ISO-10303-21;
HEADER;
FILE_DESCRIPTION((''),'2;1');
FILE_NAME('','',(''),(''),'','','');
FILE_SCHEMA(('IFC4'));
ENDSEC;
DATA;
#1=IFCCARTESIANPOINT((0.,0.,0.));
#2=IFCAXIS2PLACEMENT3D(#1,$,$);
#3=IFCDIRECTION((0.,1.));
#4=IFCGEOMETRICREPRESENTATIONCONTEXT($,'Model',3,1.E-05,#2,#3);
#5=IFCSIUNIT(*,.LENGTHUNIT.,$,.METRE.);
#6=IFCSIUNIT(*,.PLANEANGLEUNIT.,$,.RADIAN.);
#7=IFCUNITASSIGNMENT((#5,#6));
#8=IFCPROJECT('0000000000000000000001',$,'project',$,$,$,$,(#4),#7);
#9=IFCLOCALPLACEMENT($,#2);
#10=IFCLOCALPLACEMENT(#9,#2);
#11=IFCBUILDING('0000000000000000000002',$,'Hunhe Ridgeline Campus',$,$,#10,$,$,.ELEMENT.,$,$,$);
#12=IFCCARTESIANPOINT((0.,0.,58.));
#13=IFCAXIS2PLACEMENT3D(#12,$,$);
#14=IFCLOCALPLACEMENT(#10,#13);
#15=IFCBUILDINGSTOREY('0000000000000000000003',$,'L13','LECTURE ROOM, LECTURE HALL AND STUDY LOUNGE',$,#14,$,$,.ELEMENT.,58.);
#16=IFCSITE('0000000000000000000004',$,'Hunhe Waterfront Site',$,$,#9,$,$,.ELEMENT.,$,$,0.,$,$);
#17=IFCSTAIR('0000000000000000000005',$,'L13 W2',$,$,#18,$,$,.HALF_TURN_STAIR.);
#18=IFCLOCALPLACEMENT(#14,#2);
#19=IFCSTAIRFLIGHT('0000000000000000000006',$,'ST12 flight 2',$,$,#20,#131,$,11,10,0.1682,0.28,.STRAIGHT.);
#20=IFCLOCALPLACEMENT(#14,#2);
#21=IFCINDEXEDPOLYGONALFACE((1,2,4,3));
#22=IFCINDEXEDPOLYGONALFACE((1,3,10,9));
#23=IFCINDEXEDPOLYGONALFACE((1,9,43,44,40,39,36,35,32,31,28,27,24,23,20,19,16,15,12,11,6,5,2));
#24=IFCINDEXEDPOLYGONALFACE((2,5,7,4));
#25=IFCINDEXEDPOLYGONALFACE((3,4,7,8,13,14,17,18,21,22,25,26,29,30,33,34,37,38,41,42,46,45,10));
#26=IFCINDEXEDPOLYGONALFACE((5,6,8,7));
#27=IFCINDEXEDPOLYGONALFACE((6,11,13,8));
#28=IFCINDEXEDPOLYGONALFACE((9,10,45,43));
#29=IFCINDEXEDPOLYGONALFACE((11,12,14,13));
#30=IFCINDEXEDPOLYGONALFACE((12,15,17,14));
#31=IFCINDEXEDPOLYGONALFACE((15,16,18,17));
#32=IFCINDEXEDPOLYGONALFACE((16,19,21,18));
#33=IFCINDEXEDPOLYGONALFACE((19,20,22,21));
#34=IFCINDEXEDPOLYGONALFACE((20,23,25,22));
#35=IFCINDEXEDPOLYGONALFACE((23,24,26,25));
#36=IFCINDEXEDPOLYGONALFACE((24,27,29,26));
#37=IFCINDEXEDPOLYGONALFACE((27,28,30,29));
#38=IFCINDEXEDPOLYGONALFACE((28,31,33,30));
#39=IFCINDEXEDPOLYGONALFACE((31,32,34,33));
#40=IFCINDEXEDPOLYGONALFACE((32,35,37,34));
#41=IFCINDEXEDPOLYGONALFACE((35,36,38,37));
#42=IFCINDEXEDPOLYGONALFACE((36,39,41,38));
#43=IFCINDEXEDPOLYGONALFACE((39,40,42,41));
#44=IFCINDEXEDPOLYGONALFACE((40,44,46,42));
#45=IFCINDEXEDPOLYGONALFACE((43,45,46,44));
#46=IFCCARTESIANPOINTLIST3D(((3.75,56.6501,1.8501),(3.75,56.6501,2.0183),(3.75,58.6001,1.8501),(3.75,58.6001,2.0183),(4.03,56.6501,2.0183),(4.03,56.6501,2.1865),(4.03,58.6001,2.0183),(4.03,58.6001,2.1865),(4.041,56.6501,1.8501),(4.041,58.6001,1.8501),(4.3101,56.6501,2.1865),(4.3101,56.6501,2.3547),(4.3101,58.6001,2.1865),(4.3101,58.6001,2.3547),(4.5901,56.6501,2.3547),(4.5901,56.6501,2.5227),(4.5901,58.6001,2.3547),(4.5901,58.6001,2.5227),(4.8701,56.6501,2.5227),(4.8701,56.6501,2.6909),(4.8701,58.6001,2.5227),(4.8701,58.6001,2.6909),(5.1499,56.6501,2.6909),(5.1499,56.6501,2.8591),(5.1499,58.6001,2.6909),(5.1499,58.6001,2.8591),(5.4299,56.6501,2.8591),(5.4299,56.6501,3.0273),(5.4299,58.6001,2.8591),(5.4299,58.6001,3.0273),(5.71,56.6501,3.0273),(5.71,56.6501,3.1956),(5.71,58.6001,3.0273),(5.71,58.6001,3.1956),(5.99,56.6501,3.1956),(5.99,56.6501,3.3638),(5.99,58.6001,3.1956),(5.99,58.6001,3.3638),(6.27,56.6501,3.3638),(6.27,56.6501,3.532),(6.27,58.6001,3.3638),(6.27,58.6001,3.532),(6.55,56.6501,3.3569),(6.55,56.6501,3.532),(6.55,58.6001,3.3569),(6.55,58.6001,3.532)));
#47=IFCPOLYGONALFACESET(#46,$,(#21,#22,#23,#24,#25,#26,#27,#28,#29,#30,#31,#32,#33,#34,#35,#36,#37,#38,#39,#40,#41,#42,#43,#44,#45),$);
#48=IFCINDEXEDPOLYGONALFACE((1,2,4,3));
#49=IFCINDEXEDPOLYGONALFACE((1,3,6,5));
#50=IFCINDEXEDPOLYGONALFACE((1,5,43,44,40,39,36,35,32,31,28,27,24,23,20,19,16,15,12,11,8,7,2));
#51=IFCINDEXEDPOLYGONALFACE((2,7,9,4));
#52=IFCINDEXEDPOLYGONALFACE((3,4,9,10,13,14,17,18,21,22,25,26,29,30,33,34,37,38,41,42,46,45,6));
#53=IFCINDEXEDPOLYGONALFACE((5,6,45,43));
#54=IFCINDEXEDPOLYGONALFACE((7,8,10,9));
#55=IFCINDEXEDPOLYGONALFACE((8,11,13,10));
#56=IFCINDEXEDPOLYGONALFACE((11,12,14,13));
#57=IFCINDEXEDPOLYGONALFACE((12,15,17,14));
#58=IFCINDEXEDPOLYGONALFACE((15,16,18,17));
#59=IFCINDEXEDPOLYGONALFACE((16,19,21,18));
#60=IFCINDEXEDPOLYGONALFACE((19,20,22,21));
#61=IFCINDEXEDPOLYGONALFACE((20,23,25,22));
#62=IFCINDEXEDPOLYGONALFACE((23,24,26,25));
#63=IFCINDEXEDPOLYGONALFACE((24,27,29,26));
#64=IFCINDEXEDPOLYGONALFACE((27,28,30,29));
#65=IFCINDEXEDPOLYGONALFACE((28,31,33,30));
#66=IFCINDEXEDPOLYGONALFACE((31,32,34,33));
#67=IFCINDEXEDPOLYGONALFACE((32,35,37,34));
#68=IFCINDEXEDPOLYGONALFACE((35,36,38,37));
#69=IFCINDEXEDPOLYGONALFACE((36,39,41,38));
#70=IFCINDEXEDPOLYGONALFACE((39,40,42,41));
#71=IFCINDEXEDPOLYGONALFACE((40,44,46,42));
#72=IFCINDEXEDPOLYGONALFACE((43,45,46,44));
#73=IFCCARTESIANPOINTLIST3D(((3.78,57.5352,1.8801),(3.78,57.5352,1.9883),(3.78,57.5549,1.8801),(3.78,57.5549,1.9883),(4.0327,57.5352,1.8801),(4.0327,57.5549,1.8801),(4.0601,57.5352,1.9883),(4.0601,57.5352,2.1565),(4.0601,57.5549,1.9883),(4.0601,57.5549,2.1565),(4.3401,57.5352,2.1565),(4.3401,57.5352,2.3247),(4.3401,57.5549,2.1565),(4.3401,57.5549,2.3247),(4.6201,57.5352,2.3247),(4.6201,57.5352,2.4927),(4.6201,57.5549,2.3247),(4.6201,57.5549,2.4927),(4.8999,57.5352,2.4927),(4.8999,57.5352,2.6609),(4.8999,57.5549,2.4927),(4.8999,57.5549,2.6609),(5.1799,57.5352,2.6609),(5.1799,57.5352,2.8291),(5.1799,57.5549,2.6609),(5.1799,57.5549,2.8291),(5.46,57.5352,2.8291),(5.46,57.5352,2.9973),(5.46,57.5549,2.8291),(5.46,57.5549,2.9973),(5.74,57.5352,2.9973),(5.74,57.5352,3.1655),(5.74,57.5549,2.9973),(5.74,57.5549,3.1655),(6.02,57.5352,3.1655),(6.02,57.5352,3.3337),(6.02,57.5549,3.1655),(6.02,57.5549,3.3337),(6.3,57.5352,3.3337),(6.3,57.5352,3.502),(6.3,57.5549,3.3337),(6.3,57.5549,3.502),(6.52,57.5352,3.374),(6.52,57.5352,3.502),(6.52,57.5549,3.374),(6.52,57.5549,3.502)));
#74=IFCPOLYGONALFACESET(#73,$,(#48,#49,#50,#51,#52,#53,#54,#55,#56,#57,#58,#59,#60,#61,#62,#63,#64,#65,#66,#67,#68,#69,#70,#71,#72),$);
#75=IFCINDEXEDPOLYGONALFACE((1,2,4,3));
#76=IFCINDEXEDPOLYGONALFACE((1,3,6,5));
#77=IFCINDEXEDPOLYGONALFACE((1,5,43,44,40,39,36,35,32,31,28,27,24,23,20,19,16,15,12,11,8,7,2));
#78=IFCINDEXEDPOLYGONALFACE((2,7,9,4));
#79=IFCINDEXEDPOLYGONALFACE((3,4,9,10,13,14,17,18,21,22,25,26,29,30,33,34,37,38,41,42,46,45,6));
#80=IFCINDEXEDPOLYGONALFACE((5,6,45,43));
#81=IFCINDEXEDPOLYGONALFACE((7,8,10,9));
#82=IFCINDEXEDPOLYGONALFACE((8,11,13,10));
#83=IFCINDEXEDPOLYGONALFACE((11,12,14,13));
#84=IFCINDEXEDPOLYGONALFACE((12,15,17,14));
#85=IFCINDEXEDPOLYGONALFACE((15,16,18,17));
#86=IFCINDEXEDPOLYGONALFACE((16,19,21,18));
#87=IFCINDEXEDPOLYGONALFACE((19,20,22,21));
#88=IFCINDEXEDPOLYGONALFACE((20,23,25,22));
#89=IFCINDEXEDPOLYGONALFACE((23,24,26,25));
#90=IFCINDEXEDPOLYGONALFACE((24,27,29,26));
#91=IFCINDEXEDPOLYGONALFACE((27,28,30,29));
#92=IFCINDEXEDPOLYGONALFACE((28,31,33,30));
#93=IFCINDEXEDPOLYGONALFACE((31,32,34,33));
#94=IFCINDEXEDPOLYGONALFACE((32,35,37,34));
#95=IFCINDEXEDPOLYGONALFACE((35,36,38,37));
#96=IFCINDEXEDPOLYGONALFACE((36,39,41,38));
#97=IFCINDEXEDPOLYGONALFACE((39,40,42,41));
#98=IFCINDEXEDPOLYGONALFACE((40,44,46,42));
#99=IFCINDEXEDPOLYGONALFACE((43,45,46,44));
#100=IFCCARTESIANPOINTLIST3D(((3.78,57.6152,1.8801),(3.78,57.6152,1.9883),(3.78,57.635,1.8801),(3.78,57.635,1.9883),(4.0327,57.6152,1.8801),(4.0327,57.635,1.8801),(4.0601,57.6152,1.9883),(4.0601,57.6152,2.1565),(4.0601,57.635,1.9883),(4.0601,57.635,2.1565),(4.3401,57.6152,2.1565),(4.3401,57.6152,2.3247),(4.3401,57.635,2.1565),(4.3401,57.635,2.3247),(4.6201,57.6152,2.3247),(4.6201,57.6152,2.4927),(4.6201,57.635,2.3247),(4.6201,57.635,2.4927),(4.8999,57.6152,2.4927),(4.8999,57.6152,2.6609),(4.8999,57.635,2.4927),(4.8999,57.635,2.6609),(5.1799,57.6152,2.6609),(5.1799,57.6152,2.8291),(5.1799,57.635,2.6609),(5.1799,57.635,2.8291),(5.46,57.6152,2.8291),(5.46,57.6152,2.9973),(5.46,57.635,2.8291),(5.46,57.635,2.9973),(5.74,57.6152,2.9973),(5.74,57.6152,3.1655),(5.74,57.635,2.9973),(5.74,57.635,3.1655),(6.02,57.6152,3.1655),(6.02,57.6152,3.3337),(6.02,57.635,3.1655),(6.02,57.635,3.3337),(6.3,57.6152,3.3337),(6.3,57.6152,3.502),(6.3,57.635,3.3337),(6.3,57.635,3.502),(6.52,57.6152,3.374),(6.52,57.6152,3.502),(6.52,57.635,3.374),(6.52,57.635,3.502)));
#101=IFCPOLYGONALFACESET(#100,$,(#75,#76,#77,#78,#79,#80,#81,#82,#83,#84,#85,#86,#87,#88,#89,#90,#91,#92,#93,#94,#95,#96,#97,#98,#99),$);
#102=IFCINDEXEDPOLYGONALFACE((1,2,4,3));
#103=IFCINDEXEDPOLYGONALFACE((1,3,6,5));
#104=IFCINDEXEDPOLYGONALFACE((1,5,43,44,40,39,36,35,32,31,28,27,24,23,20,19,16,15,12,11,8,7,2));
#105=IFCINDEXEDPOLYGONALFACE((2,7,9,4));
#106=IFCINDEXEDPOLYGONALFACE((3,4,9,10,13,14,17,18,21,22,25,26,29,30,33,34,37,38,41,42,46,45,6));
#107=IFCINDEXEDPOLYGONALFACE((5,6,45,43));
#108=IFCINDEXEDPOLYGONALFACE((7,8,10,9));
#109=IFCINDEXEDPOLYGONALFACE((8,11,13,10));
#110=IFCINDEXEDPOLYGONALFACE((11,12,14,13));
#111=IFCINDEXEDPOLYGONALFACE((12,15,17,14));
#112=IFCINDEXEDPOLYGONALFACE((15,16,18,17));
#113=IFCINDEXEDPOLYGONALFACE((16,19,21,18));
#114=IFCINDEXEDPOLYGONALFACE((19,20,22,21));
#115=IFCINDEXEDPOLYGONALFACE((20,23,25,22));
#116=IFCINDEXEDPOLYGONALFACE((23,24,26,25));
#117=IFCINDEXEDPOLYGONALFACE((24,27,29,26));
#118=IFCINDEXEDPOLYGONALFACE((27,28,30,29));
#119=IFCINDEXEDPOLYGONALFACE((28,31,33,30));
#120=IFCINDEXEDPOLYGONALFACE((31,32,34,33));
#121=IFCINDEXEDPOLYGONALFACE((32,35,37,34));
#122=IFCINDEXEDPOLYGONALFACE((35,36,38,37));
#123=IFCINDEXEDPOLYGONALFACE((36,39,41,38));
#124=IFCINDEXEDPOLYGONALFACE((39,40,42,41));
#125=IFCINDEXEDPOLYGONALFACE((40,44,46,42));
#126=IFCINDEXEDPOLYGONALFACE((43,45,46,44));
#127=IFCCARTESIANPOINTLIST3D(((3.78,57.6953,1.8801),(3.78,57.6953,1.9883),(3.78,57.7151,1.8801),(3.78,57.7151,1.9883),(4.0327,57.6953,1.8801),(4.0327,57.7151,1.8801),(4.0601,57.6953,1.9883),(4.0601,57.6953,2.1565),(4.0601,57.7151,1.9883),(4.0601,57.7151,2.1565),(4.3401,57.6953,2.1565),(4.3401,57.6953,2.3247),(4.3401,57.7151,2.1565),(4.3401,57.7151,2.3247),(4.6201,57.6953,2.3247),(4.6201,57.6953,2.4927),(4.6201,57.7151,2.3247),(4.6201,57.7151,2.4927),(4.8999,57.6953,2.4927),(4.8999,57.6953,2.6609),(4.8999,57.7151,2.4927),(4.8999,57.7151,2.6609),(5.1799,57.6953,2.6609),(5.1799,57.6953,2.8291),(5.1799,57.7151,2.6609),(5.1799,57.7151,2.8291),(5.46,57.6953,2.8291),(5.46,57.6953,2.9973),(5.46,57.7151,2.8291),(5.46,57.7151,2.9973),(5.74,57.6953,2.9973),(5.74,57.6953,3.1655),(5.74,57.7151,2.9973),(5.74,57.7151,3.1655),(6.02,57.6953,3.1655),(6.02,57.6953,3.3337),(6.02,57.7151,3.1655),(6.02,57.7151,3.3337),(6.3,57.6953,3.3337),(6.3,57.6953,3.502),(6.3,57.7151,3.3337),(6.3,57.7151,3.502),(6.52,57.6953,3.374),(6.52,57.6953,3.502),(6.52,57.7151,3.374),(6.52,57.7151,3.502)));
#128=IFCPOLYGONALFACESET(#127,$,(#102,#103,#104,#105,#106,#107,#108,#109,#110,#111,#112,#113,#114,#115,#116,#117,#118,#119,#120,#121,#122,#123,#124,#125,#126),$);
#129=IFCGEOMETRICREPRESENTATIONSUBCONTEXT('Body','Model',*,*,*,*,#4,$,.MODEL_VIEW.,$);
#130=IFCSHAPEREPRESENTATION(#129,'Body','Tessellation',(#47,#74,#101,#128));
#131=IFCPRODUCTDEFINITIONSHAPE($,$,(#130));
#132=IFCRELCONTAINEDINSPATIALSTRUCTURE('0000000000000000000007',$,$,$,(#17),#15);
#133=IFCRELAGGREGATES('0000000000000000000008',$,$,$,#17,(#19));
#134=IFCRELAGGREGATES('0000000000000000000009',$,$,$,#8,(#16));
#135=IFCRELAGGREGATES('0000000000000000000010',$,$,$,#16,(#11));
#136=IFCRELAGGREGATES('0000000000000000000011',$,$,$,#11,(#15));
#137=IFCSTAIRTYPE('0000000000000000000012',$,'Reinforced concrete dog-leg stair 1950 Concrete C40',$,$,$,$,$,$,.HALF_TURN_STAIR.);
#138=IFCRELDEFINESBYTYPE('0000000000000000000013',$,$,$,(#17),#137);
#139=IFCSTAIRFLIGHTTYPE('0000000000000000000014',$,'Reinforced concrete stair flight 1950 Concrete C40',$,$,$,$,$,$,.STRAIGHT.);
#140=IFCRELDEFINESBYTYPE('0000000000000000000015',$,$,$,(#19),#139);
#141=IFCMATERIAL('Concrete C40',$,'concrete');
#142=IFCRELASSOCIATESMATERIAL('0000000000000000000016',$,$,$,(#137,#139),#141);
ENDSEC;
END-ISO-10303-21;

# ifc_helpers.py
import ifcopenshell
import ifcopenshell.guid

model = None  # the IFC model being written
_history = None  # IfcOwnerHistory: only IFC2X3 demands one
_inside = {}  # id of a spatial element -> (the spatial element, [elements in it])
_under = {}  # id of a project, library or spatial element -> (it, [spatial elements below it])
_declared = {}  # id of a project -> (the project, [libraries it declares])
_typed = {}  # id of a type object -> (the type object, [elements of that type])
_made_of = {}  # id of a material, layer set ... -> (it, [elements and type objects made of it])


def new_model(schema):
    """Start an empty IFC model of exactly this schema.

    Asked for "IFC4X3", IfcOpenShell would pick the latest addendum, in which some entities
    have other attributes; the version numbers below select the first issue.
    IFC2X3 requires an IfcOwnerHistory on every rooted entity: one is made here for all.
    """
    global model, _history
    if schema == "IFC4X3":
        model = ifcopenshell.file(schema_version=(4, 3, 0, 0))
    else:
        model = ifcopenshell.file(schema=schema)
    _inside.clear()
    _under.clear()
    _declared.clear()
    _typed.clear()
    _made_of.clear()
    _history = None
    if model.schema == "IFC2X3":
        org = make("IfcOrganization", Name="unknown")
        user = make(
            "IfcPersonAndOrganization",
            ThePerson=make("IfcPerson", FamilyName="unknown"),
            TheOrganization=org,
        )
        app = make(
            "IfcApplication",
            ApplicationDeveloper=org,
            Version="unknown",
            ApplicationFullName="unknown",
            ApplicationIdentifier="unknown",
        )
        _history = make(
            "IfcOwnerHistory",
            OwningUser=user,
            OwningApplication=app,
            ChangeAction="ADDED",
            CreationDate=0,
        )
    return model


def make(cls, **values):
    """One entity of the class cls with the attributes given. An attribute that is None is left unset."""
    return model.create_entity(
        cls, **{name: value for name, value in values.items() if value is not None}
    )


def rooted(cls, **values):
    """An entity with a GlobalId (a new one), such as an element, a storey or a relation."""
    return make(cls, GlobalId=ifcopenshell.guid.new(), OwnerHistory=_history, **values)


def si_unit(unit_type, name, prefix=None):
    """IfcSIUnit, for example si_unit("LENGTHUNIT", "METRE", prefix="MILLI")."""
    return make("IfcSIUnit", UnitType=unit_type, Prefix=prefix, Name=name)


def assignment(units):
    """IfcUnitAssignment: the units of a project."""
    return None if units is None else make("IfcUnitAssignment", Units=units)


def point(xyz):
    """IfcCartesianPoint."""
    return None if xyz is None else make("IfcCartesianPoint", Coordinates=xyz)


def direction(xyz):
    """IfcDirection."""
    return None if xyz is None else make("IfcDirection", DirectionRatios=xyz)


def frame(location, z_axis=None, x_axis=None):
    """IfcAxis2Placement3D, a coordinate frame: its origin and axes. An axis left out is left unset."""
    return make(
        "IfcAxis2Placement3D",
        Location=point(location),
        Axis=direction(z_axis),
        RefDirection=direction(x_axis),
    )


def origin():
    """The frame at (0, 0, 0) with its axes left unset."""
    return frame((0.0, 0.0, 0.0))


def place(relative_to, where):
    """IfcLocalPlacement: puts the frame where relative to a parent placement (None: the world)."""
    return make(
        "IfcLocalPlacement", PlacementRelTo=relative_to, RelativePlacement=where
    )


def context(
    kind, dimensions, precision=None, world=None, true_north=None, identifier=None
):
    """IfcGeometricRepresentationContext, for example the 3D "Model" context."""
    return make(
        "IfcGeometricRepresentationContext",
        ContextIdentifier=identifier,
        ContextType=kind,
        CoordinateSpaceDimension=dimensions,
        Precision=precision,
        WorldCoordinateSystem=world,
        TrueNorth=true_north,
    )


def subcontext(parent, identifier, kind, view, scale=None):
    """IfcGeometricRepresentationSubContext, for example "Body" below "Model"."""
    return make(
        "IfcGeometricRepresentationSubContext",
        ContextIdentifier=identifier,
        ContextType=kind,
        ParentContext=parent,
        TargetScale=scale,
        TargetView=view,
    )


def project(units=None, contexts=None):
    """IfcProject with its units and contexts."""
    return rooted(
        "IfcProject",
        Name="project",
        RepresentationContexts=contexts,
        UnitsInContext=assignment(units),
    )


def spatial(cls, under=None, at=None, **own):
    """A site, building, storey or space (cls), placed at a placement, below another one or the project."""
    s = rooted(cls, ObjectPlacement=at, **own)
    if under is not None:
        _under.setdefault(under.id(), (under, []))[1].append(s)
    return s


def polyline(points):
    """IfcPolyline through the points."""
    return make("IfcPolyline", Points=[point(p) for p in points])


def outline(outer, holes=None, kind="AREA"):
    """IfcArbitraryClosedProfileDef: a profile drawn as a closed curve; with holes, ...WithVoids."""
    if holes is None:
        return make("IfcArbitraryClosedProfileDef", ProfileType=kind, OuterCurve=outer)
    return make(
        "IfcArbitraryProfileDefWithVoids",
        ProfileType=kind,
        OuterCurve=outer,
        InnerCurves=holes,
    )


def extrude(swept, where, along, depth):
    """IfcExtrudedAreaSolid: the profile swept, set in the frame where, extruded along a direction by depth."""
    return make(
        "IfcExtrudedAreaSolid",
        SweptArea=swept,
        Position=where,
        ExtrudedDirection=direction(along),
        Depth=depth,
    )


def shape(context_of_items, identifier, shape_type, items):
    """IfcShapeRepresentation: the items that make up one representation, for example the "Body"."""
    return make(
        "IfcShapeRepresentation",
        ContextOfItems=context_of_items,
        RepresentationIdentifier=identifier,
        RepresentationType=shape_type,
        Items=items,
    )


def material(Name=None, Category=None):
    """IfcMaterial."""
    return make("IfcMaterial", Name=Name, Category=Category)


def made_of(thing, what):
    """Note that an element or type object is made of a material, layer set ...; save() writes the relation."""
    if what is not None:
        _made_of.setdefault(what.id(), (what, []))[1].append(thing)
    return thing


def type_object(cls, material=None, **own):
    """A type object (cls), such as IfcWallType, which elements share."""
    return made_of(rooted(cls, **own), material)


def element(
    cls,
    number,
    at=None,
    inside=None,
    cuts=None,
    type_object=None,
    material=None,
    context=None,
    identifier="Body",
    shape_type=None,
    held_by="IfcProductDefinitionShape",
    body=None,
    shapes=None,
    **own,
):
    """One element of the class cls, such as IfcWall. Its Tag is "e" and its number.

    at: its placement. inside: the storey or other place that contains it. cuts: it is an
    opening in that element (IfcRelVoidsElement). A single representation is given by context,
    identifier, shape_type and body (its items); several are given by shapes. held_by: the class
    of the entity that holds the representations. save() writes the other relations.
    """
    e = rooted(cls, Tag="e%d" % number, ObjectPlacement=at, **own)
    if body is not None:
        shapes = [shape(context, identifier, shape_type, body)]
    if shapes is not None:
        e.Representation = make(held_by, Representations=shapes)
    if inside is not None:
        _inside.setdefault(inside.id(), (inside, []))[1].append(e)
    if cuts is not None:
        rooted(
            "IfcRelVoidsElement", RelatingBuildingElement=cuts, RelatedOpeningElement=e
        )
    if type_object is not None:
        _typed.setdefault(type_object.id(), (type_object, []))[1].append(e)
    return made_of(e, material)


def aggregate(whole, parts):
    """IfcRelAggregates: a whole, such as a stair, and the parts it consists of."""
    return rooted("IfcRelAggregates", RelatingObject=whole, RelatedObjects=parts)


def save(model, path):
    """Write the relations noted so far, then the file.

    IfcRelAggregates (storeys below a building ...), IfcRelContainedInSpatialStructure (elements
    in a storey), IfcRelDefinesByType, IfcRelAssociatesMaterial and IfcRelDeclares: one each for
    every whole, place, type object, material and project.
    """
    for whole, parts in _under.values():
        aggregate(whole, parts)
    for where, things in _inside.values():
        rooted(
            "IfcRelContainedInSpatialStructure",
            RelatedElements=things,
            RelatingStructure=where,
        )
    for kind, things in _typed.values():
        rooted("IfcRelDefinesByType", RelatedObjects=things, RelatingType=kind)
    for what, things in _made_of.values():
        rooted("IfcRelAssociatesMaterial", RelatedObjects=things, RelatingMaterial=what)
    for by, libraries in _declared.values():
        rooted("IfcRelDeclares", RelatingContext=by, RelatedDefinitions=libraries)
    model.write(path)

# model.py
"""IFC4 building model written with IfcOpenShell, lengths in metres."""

from ifc_helpers import new_model, si_unit, direction, frame, origin, place, context, subcontext, project, spatial, polyline, outline, extrude, material, type_object, element, aggregate, save


model = new_model("IFC4")

# Units and contexts
model_context = context("Model", 3, precision=1e-05, world=origin(), true_north=direction((0.0, 1.0)))
body_context = subcontext(model_context, "Body", "Model", "MODEL_VIEW")
ifc_project = project(units=[si_unit("LENGTHUNIT", "METRE"), si_unit("PLANEANGLEUNIT", "RADIAN")], contexts=[model_context])

# Site, building, storey
site_placement = place(None, origin())
site = spatial("IfcSite", under=ifc_project, at=site_placement, Name="Hunhe Waterfront Site", CompositionType="ELEMENT", RefElevation=0.0)
building_placement = place(site_placement, origin())
building = spatial("IfcBuilding", under=site, at=building_placement, Name="Hunhe Ridgeline Campus", CompositionType="ELEMENT")
storey_placement = place(building_placement, frame((0.0, 0.0, 58.0)))
storey = spatial("IfcBuildingStorey", under=building, at=storey_placement, Name="L13", Description="LECTURE ROOM, LECTURE HALL AND STUDY LOUNGE", CompositionType="ELEMENT", Elevation=58.0)

# Stair, stair flight
ifc_material_1 = material(Name="Concrete C40", Category="concrete")
stair_type = type_object("IfcStairType", Name="Reinforced concrete dog-leg stair 1950 Concrete C40", PredefinedType="HALF_TURN_STAIR", material=ifc_material_1)
stair_placement = place(storey_placement, origin())
stair = element("IfcStair", 1, at=stair_placement, inside=storey, type_object=stair_type, Name="L13 W2", PredefinedType="HALF_TURN_STAIR")
stair_flight_type = type_object("IfcStairFlightType", Name="Reinforced concrete stair flight 1950 Concrete C40", PredefinedType="STRAIGHT", material=ifc_material_1)
stair_flight_1_placement = place(storey_placement, frame((3.75, 57.625, 1.8501), z_axis=(0.0, 0.0, 1.0), x_axis=(1.0, 0.0, 0.0)))
stair_flight_1 = element("IfcStairFlight", 2, at=stair_flight_1_placement, type_object=stair_flight_type, Name="ST12 flight 2", NumberOfRisers=11, NumberOfTreads=10, PredefinedType="STRAIGHT", RiserHeight=0.1682, TreadLength=0.28, context=body_context, shape_type="SweptSolid", body=[
    extrude(outline(polyline([(0.0, 0.0), (0.0, 0.1682), (0.28, 0.1682), (0.28, 0.3364), (0.5601, 0.3364), (0.5601, 0.5046), (0.8401, 0.5046), (0.8401, 0.6726), (1.1201, 0.6726), (1.1201, 0.8408), (1.3999, 0.8408), (1.3999, 1.009), (1.6799, 1.009), (1.6799, 1.1772), (1.96, 1.1772), (1.96, 1.3455), (2.24, 1.3455), (2.24, 1.5137), (2.52, 1.5137), (2.52, 1.6819), (2.8, 1.6819), (2.8, 1.8501), (2.8, 1.5068), (0.291, 0.0), (0.0, 0.0)])), frame((0.0, 0.9751, 0.0), z_axis=(0.0, -1.0, 0.0), x_axis=(1.0, 0.0, 0.0)), (0.0, 0.0, 1.0), 1.95),
    extrude(outline(polyline([(0.03, 0.03), (0.03, 0.1382), (0.3101, 0.1382), (0.3101, 0.3064), (0.5901, 0.3064), (0.5901, 0.4746), (0.8701, 0.4746), (0.8701, 0.6426), (1.1499, 0.6426), (1.1499, 0.8108), (1.4299, 0.8108), (1.4299, 0.979), (1.71, 0.979), (1.71, 1.1472), (1.99, 1.1472), (1.99, 1.3154), (2.27, 1.3154), (2.27, 1.4836), (2.55, 1.4836), (2.55, 1.6519), (2.77, 1.6519), (2.77, 1.5239), (0.2827, 0.03), (0.03, 0.03)])), frame((0.0, -0.0701, 0.0), z_axis=(0.0, -1.0, 0.0), x_axis=(1.0, 0.0, 0.0)), (0.0, 0.0, 1.0), 0.0198),
    extrude(outline(polyline([(0.03, 0.03), (0.03, 0.1382), (0.3101, 0.1382), (0.3101, 0.3064), (0.5901, 0.3064), (0.5901, 0.4746), (0.8701, 0.4746), (0.8701, 0.6426), (1.1499, 0.6426), (1.1499, 0.8108), (1.4299, 0.8108), (1.4299, 0.979), (1.71, 0.979), (1.71, 1.1472), (1.99, 1.1472), (1.99, 1.3154), (2.27, 1.3154), (2.27, 1.4836), (2.55, 1.4836), (2.55, 1.6519), (2.77, 1.6519), (2.77, 1.5239), (0.2827, 0.03), (0.03, 0.03)])), frame((0.0, 0.01, 0.0), z_axis=(0.0, -1.0, 0.0), x_axis=(1.0, 0.0, 0.0)), (0.0, 0.0, 1.0), 0.0198),
    extrude(outline(polyline([(0.03, 0.03), (0.03, 0.1382), (0.3101, 0.1382), (0.3101, 0.3064), (0.5901, 0.3064), (0.5901, 0.4746), (0.8701, 0.4746), (0.8701, 0.6426), (1.1499, 0.6426), (1.1499, 0.8108), (1.4299, 0.8108), (1.4299, 0.979), (1.71, 0.979), (1.71, 1.1472), (1.99, 1.1472), (1.99, 1.3154), (2.27, 1.3154), (2.27, 1.4836), (2.55, 1.4836), (2.55, 1.6519), (2.77, 1.6519), (2.77, 1.5239), (0.2827, 0.03), (0.03, 0.03)])), frame((0.0, 0.0901, 0.0), z_axis=(0.0, -1.0, 0.0), x_axis=(1.0, 0.0, 0.0)), (0.0, 0.0, 1.0), 0.0198),
])
aggregate(stair, [stair_flight_1])

save(model, "model.ifc")
